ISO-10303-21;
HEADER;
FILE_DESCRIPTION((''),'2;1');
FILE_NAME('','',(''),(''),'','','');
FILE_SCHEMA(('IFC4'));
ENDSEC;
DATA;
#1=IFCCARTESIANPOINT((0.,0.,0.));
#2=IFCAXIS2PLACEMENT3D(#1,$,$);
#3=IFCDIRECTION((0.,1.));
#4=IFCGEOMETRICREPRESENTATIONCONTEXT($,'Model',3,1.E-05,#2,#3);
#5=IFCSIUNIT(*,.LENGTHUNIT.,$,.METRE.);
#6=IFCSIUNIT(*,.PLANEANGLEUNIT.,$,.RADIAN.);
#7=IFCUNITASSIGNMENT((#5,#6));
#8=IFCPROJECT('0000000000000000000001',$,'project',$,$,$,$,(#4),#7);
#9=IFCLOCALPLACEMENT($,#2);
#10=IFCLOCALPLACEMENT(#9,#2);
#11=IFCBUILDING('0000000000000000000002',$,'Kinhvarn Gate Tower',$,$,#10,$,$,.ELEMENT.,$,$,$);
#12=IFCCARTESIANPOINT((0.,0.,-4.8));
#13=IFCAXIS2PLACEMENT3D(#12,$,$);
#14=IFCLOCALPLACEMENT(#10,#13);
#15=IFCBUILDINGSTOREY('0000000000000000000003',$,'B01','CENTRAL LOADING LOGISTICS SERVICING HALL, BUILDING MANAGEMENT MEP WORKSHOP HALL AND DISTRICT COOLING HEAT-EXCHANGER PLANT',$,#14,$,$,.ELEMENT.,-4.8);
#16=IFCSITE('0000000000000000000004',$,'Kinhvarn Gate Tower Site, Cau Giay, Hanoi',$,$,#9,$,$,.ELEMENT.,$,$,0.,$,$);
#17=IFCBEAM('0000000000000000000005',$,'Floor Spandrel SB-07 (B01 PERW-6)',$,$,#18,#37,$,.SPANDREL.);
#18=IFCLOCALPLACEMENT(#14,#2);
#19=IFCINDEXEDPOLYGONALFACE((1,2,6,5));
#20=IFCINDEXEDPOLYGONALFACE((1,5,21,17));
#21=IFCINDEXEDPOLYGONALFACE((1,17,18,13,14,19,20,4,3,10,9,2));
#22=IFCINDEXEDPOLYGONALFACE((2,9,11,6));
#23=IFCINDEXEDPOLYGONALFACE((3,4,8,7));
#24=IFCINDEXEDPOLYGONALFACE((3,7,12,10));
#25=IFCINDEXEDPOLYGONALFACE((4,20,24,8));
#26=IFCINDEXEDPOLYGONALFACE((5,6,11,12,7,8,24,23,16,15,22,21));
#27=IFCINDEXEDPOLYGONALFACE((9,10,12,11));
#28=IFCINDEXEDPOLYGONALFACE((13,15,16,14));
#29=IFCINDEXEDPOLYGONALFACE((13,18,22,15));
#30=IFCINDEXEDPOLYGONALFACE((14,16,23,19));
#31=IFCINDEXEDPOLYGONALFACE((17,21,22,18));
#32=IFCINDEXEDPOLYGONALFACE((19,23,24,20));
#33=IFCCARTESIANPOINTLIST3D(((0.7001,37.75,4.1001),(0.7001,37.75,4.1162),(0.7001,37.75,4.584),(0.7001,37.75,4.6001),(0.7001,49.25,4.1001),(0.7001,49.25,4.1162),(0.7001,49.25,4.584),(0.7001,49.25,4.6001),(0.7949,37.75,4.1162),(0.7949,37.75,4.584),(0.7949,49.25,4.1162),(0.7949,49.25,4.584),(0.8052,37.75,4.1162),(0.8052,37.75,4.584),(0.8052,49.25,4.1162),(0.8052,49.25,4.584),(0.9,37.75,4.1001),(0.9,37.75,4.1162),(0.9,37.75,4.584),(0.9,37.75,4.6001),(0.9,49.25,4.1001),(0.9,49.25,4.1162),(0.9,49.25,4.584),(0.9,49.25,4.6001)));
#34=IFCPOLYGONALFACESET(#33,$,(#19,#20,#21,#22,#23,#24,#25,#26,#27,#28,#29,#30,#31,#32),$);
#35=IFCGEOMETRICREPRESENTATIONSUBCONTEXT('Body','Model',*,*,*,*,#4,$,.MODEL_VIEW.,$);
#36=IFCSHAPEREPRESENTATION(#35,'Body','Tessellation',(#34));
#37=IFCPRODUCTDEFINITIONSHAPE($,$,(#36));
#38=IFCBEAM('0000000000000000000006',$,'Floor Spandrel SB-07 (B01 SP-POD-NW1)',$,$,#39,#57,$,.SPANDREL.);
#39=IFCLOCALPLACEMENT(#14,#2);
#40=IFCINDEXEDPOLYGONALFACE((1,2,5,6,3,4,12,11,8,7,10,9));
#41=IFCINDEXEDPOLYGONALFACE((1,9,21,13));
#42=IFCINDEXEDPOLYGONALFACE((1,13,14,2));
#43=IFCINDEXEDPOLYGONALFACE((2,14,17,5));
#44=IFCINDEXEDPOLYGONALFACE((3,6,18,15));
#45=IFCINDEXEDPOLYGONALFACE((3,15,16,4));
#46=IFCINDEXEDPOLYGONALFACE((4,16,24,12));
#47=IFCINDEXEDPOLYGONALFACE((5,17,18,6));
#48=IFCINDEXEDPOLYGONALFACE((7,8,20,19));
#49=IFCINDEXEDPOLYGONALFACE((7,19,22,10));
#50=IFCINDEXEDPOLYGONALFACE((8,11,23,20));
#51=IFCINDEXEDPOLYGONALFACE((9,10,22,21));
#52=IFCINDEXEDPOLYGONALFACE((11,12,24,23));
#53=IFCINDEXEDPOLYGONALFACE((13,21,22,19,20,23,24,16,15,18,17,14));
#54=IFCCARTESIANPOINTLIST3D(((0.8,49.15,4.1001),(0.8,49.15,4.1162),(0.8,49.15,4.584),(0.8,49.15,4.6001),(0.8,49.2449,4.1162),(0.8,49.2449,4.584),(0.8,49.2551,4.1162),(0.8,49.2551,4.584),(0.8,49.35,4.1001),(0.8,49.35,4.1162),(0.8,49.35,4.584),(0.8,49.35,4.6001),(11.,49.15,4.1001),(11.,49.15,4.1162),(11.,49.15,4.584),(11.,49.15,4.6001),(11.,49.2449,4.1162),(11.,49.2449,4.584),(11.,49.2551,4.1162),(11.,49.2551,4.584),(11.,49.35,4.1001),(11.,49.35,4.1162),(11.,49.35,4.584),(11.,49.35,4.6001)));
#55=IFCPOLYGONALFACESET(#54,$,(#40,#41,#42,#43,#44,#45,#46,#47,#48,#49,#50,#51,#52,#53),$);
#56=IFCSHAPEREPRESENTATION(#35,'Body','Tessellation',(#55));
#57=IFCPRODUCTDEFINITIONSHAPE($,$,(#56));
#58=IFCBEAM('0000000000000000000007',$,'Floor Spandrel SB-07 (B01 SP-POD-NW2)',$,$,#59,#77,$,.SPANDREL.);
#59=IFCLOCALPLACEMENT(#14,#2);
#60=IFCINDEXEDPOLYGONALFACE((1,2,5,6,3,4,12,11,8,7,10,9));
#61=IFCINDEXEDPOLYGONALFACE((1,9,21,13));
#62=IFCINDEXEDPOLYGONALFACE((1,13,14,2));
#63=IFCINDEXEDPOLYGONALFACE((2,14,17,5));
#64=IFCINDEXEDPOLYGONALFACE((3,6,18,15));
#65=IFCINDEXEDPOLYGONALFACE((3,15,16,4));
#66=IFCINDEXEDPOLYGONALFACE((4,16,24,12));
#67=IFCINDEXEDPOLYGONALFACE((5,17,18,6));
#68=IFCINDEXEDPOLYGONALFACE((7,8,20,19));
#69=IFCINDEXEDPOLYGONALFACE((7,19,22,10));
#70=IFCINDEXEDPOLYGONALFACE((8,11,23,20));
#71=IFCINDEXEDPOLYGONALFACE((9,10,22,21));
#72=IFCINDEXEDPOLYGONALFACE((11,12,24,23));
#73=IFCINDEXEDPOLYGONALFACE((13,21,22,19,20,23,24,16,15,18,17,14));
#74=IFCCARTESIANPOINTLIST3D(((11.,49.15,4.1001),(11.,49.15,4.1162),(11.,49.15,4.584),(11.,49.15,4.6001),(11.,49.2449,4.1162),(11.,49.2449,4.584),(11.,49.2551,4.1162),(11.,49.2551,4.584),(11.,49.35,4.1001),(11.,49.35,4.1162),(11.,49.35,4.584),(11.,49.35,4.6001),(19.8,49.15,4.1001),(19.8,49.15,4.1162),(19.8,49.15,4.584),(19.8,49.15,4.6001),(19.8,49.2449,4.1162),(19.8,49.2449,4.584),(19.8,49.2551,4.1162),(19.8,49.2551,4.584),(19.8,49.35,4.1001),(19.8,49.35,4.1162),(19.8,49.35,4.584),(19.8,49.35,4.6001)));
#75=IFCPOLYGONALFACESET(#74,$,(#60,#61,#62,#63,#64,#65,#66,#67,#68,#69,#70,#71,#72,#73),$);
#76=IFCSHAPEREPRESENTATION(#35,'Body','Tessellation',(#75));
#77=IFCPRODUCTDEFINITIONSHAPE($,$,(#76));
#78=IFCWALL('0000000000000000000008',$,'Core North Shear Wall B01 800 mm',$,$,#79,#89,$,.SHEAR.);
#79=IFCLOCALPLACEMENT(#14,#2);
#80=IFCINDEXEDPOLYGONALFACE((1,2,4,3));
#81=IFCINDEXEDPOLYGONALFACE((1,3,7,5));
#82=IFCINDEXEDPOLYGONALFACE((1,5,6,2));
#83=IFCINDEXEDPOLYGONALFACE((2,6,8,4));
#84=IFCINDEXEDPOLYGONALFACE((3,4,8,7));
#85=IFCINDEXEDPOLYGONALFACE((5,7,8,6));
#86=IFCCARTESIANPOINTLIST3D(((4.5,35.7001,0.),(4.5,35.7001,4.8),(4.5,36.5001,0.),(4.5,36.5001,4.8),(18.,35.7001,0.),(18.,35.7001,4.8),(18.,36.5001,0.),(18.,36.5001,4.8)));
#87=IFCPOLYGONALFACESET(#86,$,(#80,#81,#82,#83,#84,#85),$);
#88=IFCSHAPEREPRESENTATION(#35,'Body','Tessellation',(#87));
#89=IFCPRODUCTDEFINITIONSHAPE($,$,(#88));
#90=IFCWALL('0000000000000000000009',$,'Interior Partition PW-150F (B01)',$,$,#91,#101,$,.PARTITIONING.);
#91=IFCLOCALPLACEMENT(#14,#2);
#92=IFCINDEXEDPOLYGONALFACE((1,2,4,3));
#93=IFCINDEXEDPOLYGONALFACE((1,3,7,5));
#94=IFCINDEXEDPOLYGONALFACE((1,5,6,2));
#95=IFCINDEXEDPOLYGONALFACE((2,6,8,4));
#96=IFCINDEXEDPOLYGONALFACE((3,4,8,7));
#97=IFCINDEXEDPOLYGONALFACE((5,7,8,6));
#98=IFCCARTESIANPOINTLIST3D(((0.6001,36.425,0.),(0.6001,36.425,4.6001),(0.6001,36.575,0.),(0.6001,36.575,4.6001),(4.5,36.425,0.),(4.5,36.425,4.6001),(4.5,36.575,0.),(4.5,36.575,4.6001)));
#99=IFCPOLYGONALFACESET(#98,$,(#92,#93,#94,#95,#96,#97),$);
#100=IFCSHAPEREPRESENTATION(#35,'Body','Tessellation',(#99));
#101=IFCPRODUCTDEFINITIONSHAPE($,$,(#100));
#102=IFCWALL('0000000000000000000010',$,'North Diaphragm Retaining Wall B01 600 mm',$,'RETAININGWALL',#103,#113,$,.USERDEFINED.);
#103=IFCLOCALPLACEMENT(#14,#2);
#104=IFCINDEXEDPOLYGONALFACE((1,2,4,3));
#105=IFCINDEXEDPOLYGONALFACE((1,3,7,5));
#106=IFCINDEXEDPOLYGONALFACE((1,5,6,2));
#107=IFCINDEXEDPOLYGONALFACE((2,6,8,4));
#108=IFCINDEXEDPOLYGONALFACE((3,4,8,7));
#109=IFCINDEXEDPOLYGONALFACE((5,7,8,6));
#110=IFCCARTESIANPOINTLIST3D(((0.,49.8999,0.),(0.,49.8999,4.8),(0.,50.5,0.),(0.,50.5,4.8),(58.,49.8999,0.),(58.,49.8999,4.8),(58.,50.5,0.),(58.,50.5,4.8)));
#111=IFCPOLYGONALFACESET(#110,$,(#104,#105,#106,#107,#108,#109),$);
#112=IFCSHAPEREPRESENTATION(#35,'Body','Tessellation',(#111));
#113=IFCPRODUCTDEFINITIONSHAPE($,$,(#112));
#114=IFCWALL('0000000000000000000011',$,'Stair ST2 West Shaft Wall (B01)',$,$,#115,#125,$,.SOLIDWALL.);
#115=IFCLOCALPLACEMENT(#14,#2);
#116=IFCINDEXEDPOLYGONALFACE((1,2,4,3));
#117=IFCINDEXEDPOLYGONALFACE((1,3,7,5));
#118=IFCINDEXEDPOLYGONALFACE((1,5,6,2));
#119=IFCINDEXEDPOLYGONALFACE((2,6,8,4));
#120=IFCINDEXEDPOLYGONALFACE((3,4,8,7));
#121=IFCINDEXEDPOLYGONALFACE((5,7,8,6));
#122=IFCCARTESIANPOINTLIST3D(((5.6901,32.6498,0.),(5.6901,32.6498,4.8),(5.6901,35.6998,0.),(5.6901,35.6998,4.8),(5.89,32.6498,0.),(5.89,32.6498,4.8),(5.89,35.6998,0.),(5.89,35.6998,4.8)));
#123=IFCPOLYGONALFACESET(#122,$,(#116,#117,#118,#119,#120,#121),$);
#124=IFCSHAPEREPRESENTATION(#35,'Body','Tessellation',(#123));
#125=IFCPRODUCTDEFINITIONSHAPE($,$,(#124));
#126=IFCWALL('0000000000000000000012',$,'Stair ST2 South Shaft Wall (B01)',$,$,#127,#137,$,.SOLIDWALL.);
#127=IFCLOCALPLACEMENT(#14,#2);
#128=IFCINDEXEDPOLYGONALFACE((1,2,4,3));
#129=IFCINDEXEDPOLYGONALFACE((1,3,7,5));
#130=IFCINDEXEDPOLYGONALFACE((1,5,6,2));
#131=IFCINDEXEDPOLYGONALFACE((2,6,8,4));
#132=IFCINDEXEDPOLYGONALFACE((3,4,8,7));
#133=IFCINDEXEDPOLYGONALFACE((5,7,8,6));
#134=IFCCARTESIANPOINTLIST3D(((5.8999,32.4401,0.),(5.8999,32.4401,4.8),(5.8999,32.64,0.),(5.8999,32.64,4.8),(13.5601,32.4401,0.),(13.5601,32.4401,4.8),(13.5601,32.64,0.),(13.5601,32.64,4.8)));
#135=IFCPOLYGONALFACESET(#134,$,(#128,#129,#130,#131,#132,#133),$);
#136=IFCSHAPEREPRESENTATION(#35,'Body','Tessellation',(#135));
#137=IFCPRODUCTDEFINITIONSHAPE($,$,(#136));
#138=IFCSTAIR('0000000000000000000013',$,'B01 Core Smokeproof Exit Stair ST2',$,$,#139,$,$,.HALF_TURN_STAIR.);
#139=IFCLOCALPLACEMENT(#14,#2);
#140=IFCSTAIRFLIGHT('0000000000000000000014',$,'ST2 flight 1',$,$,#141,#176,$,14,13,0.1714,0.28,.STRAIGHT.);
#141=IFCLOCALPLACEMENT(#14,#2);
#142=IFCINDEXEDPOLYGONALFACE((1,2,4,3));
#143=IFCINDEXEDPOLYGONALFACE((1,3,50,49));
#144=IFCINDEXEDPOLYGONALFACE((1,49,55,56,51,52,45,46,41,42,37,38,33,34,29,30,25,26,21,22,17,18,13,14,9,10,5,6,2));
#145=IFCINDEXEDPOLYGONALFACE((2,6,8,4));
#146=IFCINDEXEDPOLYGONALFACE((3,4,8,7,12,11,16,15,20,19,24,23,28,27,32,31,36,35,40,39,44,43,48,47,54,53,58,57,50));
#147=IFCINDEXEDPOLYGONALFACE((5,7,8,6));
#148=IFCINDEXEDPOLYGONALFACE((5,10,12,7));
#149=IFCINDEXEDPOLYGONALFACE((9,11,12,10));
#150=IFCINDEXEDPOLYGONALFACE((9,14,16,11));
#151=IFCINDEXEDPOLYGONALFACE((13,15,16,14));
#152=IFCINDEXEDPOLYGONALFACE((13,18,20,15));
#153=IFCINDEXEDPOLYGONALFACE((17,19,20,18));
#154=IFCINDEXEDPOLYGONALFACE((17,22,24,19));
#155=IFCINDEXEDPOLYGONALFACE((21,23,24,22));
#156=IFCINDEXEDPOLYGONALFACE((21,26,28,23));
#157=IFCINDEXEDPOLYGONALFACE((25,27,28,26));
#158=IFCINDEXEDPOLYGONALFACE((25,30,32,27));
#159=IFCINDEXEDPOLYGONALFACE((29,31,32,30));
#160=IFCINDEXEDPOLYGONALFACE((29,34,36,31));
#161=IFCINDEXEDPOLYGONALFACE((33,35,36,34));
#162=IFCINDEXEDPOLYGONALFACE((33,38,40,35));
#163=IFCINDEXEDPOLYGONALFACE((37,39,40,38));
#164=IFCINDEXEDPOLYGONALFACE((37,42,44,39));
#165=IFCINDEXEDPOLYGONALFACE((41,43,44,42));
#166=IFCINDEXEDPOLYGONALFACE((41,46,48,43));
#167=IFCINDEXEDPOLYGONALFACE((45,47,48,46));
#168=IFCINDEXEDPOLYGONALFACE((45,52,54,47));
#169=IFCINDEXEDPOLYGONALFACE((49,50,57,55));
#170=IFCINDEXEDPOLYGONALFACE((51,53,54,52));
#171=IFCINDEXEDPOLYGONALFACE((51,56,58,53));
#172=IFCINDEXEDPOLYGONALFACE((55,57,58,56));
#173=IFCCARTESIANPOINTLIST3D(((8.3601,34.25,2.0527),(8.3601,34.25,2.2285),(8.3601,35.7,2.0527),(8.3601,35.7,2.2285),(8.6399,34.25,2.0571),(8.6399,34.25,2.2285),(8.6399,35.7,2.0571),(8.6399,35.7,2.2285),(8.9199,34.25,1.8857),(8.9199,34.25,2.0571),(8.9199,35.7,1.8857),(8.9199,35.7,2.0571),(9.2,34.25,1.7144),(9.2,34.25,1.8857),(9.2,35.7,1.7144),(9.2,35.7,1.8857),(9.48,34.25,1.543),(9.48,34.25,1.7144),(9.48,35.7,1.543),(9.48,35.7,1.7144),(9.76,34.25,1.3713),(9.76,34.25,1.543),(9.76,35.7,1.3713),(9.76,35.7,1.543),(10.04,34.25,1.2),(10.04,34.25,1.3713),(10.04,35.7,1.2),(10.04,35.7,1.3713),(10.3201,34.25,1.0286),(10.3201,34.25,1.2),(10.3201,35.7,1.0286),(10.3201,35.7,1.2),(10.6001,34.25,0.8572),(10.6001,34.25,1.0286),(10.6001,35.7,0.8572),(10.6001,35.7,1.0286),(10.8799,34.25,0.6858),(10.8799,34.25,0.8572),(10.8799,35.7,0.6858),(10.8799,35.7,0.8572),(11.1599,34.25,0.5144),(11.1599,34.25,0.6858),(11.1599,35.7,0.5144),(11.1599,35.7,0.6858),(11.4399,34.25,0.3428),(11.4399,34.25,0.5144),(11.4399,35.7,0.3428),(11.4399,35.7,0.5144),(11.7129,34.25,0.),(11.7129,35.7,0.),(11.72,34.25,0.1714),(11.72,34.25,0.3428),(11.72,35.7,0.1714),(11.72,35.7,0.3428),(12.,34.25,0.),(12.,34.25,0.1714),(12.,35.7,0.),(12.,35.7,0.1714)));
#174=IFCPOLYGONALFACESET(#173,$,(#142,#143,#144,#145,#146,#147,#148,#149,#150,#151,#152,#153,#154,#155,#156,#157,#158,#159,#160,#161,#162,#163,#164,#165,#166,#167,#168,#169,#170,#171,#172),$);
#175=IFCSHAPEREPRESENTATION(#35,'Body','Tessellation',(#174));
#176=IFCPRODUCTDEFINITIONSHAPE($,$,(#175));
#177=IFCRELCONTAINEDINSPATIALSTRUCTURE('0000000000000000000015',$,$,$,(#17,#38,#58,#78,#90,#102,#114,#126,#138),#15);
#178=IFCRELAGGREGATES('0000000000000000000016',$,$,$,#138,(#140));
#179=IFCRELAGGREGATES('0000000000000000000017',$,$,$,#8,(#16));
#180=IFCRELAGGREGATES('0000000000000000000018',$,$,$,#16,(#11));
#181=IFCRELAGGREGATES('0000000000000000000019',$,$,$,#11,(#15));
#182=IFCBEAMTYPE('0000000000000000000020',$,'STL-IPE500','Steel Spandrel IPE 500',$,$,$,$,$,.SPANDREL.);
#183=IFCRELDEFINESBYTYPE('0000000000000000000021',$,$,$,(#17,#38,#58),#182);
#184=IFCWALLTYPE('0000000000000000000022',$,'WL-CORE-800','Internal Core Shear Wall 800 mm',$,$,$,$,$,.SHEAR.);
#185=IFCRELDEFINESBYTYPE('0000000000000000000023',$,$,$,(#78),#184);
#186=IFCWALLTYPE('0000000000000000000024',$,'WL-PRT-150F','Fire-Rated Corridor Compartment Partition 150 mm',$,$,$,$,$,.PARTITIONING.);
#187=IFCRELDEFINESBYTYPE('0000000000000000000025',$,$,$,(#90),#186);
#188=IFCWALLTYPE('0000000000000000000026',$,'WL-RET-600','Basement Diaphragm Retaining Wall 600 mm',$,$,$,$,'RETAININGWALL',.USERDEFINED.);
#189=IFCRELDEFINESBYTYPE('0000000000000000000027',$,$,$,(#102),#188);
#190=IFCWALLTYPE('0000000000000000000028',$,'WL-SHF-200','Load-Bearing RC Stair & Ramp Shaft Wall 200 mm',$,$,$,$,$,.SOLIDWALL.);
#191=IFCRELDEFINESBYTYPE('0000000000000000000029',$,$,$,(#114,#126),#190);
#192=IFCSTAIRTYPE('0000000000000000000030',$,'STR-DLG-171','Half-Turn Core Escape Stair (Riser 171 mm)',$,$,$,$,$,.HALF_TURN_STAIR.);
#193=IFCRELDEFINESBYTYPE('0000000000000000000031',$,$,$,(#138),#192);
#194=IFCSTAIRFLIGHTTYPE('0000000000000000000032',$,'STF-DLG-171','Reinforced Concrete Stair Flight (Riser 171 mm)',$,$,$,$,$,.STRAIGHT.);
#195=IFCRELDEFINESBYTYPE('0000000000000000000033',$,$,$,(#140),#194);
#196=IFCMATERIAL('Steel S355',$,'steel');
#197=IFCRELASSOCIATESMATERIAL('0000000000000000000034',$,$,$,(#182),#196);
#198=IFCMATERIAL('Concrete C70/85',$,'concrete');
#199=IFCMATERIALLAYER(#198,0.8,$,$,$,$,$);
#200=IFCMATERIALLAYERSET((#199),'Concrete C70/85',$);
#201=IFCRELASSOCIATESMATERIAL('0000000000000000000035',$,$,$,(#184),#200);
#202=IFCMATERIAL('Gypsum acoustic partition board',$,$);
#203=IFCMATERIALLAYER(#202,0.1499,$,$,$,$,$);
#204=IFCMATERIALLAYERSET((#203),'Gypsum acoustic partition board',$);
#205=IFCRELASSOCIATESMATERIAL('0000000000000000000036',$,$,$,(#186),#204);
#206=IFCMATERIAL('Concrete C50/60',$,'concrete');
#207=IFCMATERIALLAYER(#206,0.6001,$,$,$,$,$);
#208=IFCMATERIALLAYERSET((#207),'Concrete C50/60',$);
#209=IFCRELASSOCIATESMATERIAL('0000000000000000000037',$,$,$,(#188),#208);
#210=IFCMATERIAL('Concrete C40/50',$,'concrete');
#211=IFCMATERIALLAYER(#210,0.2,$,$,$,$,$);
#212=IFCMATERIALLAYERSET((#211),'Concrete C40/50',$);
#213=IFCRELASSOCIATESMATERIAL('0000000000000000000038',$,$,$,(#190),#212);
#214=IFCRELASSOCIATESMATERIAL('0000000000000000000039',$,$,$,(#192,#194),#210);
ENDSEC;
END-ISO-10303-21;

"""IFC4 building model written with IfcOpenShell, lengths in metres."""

from ifc_helpers import new_model, si_unit, direction, frame, frame_2d, origin, origin_2d, place, context, subcontext, project, spatial, polyline, rectangle, i_section, outline, extrude, material, layer, layer_set, material_profile, profile_set, type_object, element, aggregate, save


model = new_model("IFC4")

# Units and contexts
model_context = context("Model", 3, precision=1e-05, world=origin(), true_north=direction((0.0, 1.0)))
body_context = subcontext(model_context, "Body", "Model", "MODEL_VIEW")
ifc_project = project(units=[si_unit("LENGTHUNIT", "METRE"), si_unit("PLANEANGLEUNIT", "RADIAN")], contexts=[model_context])

# Site, building, storey
site_placement = place(None, origin())
site = spatial("IfcSite", under=ifc_project, at=site_placement, Name="Kinhvarn Gate Tower Site, Cau Giay, Hanoi", CompositionType="ELEMENT", RefElevation=0.0)
building_placement = place(site_placement, origin())
building = spatial("IfcBuilding", under=site, at=building_placement, Name="Kinhvarn Gate Tower", CompositionType="ELEMENT")
storey_placement = place(building_placement, frame((0.0, 0.0, -4.8)))
storey = spatial("IfcBuildingStorey", under=building, at=storey_placement, Name="B01", Description="CENTRAL LOADING LOGISTICS SERVICING HALL, BUILDING MANAGEMENT MEP WORKSHOP HALL AND DISTRICT COOLING HEAT-EXCHANGER PLANT", CompositionType="ELEMENT", Elevation=-4.8)

# Shared definitions
ifc_material_1 = material(Name="Concrete C70/85", Category="concrete")

# Beams
ifc_material_2 = material(Name="Concrete C50/60", Category="concrete")
ifc_material_3 = material(Name="Steel S355", Category="steel")
ifc_material_profile_1 = material_profile(ifc_material_3, i_section(OverallWidth=0.2, OverallDepth=0.5, WebThickness=0.0103, FlangeThickness=0.0161, at=origin_2d()), Name="IPE 500")
ifc_profile_set_1 = profile_set([ifc_material_profile_1], Name="Steel S355")
beam_type_1 = type_object("IfcBeamType", Name="STL-IPE500", Description="Steel Spandrel IPE 500", PredefinedType="SPANDREL", material=ifc_profile_set_1)
beam_1_placement = place(storey_placement, frame((0.8, 37.75, 4.3501), z_axis=(0.0, 1.0, 0.0), x_axis=(-1.0, 0.0, 0.0)))
element("IfcBeam", 1, at=beam_1_placement, inside=storey, type_object=beam_type_1, Name="Floor Spandrel SB-07 (B01 PERW-6)", PredefinedType="SPANDREL", context=body_context, shape_type="SweptSolid", body=[
    extrude(i_section(OverallWidth=0.2, OverallDepth=0.5, WebThickness=0.0103, FlangeThickness=0.0161, at=origin_2d()), origin(), (0.0, 0.0, 1.0), 11.5),
])
beam_2_placement = place(storey_placement, frame((0.8, 49.25, 4.3501), z_axis=(1.0, 0.0, 0.0), x_axis=(0.0, 1.0, 0.0)))
element("IfcBeam", 2, at=beam_2_placement, inside=storey, type_object=beam_type_1, Name="Floor Spandrel SB-07 (B01 SP-POD-NW1)", PredefinedType="SPANDREL", context=body_context, shape_type="SweptSolid", body=[
    extrude(i_section(OverallWidth=0.2, OverallDepth=0.5, WebThickness=0.0103, FlangeThickness=0.0161, at=origin_2d()), origin(), (0.0, 0.0, 1.0), 10.2),
])
beam_3_placement = place(storey_placement, frame((11.0, 49.25, 4.3501), z_axis=(1.0, 0.0, 0.0), x_axis=(0.0, 1.0, 0.0)))
element("IfcBeam", 3, at=beam_3_placement, inside=storey, type_object=beam_type_1, Name="Floor Spandrel SB-07 (B01 SP-POD-NW2)", PredefinedType="SPANDREL", context=body_context, shape_type="SweptSolid", body=[
    extrude(i_section(OverallWidth=0.2, OverallDepth=0.5, WebThickness=0.0103, FlangeThickness=0.0161, at=origin_2d()), origin(), (0.0, 0.0, 1.0), 8.8),
])

# Walls
ifc_layer_1 = layer(ifc_material_1, 0.8)
ifc_layer_set_1 = layer_set([ifc_layer_1], Name="Concrete C70/85")
wall_type_1 = type_object("IfcWallType", Name="WL-CORE-800", Description="Internal Core Shear Wall 800 mm", PredefinedType="SHEAR", material=ifc_layer_set_1)
wall_1_placement = place(storey_placement, frame((4.5, 36.1001, 0.0), z_axis=(0.0, 0.0, 1.0), x_axis=(1.0, 0.0, 0.0)))
element("IfcWall", 4, at=wall_1_placement, inside=storey, type_object=wall_type_1, Name="Core North Shear Wall B01 800 mm", PredefinedType="SHEAR", context=body_context, shape_type="SweptSolid", body=[
    extrude(rectangle(XDim=13.5, YDim=0.8, at=frame_2d((6.75, 0.0))), origin(), (0.0, 0.0, 1.0), 4.8),
])
ifc_material_4 = material(Name="Gypsum acoustic partition board")
ifc_layer_2 = layer(ifc_material_4, 0.1499)
ifc_layer_set_2 = layer_set([ifc_layer_2], Name="Gypsum acoustic partition board")
wall_type_2 = type_object("IfcWallType", Name="WL-PRT-150F", Description="Fire-Rated Corridor Compartment Partition 150 mm", PredefinedType="PARTITIONING", material=ifc_layer_set_2)
wall_2_placement = place(storey_placement, frame((0.6001, 36.5, 0.0), z_axis=(0.0, 0.0, 1.0), x_axis=(1.0, 0.0, 0.0)))
element("IfcWall", 5, at=wall_2_placement, inside=storey, type_object=wall_type_2, Name="Interior Partition PW-150F (B01)", PredefinedType="PARTITIONING", context=body_context, shape_type="SweptSolid", body=[
    extrude(rectangle(XDim=3.8999, YDim=0.1499, at=frame_2d((1.95, 0.0))), origin(), (0.0, 0.0, 1.0), 4.6001),
])
ifc_layer_3 = layer(ifc_material_2, 0.6001)
ifc_layer_set_3 = layer_set([ifc_layer_3], Name="Concrete C50/60")
wall_type_3 = type_object("IfcWallType", Name="WL-RET-600", Description="Basement Diaphragm Retaining Wall 600 mm", ElementType="RETAININGWALL", PredefinedType="USERDEFINED", material=ifc_layer_set_3)
wall_3_placement = place(storey_placement, frame((0.0, 50.2, 0.0), z_axis=(0.0, 0.0, 1.0), x_axis=(1.0, 0.0, 0.0)))
element("IfcWall", 6, at=wall_3_placement, inside=storey, type_object=wall_type_3, Name="North Diaphragm Retaining Wall B01 600 mm", ObjectType="RETAININGWALL", PredefinedType="USERDEFINED", context=body_context, shape_type="SweptSolid", body=[
    extrude(rectangle(XDim=58.0, YDim=0.6001, at=frame_2d((29.0, 0.0))), origin(), (0.0, 0.0, 1.0), 4.8),
])
ifc_material_5 = material(Name="Concrete C40/50", Category="concrete")
ifc_layer_4 = layer(ifc_material_5, 0.2)
ifc_layer_set_4 = layer_set([ifc_layer_4], Name="Concrete C40/50")
wall_type_4 = type_object("IfcWallType", Name="WL-SHF-200", Description="Load-Bearing RC Stair & Ramp Shaft Wall 200 mm", PredefinedType="SOLIDWALL", material=ifc_layer_set_4)
wall_4_placement = place(storey_placement, frame((5.79, 32.6499, 0.0), z_axis=(0.0, 0.0, 1.0), x_axis=(0.0, 1.0, 0.0)))
element("IfcWall", 7, at=wall_4_placement, inside=storey, type_object=wall_type_4, Name="Stair ST2 West Shaft Wall (B01)", PredefinedType="SOLIDWALL", context=body_context, shape_type="SweptSolid", body=[
    extrude(rectangle(XDim=3.05, YDim=0.2, at=frame_2d((1.5249, 0.0))), origin(), (0.0, 0.0, 1.0), 4.8),
])
wall_5_placement = place(storey_placement, frame((5.8999, 32.54, 0.0), z_axis=(0.0, 0.0, 1.0), x_axis=(1.0, 0.0, 0.0)))
element("IfcWall", 8, at=wall_5_placement, inside=storey, type_object=wall_type_4, Name="Stair ST2 South Shaft Wall (B01)", PredefinedType="SOLIDWALL", context=body_context, shape_type="SweptSolid", body=[
    extrude(rectangle(XDim=7.6602, YDim=0.2, at=frame_2d((3.8301, 0.0))), origin(), (0.0, 0.0, 1.0), 4.8),
])

# Stair, stair flight
stair_type = type_object("IfcStairType", Name="STR-DLG-171", Description="Half-Turn Core Escape Stair (Riser 171 mm)", PredefinedType="HALF_TURN_STAIR", material=ifc_material_5)
stair_placement = place(storey_placement, origin())
stair = element("IfcStair", 9, at=stair_placement, inside=storey, type_object=stair_type, Name="B01 Core Smokeproof Exit Stair ST2", PredefinedType="HALF_TURN_STAIR")
stair_flight_type = type_object("IfcStairFlightType", Name="STF-DLG-171", Description="Reinforced Concrete Stair Flight (Riser 171 mm)", PredefinedType="STRAIGHT", material=ifc_material_5)
stair_flight_1_placement = place(storey_placement, frame((12.0, 34.9751, 0.0), z_axis=(0.0, 0.0, 1.0), x_axis=(-1.0, 0.0, 0.0)))
stair_flight_1 = element("IfcStairFlight", 10, at=stair_flight_1_placement, type_object=stair_flight_type, Name="ST2 flight 1", NumberOfRisers=14, NumberOfTreads=13, PredefinedType="STRAIGHT", RiserHeight=0.1714, TreadLength=0.28, context=body_context, shape_type="SweptSolid", body=[
    extrude(outline(polyline([(0.0, 0.0), (0.0, 0.1714), (0.28, 0.1714), (0.28, 0.3428), (0.5601, 0.3428), (0.5601, 0.5144), (0.8401, 0.5144), (0.8401, 0.6858), (1.1201, 0.6858), (1.1201, 0.8572), (1.3999, 0.8572), (1.3999, 1.0286), (1.6799, 1.0286), (1.6799, 1.2), (1.96, 1.2), (1.96, 1.3713), (2.24, 1.3713), (2.24, 1.543), (2.52, 1.543), (2.52, 1.7144), (2.8, 1.7144), (2.8, 1.8857), (3.0801, 1.8857), (3.0801, 2.0571), (3.3601, 2.0571), (3.3601, 2.2285), (3.6399, 2.2285), (3.6399, 2.3999), (3.6399, 2.0527), (0.2871, 0.0), (0.0, 0.0)])), frame((0.0, 0.7251, 0.0), z_axis=(0.0, -1.0, 0.0), x_axis=(1.0, 0.0, 0.0)), (0.0, 0.0, 1.0), 1.45),
])
aggregate(stair, [stair_flight_1])

save(model, "model.ifc")
